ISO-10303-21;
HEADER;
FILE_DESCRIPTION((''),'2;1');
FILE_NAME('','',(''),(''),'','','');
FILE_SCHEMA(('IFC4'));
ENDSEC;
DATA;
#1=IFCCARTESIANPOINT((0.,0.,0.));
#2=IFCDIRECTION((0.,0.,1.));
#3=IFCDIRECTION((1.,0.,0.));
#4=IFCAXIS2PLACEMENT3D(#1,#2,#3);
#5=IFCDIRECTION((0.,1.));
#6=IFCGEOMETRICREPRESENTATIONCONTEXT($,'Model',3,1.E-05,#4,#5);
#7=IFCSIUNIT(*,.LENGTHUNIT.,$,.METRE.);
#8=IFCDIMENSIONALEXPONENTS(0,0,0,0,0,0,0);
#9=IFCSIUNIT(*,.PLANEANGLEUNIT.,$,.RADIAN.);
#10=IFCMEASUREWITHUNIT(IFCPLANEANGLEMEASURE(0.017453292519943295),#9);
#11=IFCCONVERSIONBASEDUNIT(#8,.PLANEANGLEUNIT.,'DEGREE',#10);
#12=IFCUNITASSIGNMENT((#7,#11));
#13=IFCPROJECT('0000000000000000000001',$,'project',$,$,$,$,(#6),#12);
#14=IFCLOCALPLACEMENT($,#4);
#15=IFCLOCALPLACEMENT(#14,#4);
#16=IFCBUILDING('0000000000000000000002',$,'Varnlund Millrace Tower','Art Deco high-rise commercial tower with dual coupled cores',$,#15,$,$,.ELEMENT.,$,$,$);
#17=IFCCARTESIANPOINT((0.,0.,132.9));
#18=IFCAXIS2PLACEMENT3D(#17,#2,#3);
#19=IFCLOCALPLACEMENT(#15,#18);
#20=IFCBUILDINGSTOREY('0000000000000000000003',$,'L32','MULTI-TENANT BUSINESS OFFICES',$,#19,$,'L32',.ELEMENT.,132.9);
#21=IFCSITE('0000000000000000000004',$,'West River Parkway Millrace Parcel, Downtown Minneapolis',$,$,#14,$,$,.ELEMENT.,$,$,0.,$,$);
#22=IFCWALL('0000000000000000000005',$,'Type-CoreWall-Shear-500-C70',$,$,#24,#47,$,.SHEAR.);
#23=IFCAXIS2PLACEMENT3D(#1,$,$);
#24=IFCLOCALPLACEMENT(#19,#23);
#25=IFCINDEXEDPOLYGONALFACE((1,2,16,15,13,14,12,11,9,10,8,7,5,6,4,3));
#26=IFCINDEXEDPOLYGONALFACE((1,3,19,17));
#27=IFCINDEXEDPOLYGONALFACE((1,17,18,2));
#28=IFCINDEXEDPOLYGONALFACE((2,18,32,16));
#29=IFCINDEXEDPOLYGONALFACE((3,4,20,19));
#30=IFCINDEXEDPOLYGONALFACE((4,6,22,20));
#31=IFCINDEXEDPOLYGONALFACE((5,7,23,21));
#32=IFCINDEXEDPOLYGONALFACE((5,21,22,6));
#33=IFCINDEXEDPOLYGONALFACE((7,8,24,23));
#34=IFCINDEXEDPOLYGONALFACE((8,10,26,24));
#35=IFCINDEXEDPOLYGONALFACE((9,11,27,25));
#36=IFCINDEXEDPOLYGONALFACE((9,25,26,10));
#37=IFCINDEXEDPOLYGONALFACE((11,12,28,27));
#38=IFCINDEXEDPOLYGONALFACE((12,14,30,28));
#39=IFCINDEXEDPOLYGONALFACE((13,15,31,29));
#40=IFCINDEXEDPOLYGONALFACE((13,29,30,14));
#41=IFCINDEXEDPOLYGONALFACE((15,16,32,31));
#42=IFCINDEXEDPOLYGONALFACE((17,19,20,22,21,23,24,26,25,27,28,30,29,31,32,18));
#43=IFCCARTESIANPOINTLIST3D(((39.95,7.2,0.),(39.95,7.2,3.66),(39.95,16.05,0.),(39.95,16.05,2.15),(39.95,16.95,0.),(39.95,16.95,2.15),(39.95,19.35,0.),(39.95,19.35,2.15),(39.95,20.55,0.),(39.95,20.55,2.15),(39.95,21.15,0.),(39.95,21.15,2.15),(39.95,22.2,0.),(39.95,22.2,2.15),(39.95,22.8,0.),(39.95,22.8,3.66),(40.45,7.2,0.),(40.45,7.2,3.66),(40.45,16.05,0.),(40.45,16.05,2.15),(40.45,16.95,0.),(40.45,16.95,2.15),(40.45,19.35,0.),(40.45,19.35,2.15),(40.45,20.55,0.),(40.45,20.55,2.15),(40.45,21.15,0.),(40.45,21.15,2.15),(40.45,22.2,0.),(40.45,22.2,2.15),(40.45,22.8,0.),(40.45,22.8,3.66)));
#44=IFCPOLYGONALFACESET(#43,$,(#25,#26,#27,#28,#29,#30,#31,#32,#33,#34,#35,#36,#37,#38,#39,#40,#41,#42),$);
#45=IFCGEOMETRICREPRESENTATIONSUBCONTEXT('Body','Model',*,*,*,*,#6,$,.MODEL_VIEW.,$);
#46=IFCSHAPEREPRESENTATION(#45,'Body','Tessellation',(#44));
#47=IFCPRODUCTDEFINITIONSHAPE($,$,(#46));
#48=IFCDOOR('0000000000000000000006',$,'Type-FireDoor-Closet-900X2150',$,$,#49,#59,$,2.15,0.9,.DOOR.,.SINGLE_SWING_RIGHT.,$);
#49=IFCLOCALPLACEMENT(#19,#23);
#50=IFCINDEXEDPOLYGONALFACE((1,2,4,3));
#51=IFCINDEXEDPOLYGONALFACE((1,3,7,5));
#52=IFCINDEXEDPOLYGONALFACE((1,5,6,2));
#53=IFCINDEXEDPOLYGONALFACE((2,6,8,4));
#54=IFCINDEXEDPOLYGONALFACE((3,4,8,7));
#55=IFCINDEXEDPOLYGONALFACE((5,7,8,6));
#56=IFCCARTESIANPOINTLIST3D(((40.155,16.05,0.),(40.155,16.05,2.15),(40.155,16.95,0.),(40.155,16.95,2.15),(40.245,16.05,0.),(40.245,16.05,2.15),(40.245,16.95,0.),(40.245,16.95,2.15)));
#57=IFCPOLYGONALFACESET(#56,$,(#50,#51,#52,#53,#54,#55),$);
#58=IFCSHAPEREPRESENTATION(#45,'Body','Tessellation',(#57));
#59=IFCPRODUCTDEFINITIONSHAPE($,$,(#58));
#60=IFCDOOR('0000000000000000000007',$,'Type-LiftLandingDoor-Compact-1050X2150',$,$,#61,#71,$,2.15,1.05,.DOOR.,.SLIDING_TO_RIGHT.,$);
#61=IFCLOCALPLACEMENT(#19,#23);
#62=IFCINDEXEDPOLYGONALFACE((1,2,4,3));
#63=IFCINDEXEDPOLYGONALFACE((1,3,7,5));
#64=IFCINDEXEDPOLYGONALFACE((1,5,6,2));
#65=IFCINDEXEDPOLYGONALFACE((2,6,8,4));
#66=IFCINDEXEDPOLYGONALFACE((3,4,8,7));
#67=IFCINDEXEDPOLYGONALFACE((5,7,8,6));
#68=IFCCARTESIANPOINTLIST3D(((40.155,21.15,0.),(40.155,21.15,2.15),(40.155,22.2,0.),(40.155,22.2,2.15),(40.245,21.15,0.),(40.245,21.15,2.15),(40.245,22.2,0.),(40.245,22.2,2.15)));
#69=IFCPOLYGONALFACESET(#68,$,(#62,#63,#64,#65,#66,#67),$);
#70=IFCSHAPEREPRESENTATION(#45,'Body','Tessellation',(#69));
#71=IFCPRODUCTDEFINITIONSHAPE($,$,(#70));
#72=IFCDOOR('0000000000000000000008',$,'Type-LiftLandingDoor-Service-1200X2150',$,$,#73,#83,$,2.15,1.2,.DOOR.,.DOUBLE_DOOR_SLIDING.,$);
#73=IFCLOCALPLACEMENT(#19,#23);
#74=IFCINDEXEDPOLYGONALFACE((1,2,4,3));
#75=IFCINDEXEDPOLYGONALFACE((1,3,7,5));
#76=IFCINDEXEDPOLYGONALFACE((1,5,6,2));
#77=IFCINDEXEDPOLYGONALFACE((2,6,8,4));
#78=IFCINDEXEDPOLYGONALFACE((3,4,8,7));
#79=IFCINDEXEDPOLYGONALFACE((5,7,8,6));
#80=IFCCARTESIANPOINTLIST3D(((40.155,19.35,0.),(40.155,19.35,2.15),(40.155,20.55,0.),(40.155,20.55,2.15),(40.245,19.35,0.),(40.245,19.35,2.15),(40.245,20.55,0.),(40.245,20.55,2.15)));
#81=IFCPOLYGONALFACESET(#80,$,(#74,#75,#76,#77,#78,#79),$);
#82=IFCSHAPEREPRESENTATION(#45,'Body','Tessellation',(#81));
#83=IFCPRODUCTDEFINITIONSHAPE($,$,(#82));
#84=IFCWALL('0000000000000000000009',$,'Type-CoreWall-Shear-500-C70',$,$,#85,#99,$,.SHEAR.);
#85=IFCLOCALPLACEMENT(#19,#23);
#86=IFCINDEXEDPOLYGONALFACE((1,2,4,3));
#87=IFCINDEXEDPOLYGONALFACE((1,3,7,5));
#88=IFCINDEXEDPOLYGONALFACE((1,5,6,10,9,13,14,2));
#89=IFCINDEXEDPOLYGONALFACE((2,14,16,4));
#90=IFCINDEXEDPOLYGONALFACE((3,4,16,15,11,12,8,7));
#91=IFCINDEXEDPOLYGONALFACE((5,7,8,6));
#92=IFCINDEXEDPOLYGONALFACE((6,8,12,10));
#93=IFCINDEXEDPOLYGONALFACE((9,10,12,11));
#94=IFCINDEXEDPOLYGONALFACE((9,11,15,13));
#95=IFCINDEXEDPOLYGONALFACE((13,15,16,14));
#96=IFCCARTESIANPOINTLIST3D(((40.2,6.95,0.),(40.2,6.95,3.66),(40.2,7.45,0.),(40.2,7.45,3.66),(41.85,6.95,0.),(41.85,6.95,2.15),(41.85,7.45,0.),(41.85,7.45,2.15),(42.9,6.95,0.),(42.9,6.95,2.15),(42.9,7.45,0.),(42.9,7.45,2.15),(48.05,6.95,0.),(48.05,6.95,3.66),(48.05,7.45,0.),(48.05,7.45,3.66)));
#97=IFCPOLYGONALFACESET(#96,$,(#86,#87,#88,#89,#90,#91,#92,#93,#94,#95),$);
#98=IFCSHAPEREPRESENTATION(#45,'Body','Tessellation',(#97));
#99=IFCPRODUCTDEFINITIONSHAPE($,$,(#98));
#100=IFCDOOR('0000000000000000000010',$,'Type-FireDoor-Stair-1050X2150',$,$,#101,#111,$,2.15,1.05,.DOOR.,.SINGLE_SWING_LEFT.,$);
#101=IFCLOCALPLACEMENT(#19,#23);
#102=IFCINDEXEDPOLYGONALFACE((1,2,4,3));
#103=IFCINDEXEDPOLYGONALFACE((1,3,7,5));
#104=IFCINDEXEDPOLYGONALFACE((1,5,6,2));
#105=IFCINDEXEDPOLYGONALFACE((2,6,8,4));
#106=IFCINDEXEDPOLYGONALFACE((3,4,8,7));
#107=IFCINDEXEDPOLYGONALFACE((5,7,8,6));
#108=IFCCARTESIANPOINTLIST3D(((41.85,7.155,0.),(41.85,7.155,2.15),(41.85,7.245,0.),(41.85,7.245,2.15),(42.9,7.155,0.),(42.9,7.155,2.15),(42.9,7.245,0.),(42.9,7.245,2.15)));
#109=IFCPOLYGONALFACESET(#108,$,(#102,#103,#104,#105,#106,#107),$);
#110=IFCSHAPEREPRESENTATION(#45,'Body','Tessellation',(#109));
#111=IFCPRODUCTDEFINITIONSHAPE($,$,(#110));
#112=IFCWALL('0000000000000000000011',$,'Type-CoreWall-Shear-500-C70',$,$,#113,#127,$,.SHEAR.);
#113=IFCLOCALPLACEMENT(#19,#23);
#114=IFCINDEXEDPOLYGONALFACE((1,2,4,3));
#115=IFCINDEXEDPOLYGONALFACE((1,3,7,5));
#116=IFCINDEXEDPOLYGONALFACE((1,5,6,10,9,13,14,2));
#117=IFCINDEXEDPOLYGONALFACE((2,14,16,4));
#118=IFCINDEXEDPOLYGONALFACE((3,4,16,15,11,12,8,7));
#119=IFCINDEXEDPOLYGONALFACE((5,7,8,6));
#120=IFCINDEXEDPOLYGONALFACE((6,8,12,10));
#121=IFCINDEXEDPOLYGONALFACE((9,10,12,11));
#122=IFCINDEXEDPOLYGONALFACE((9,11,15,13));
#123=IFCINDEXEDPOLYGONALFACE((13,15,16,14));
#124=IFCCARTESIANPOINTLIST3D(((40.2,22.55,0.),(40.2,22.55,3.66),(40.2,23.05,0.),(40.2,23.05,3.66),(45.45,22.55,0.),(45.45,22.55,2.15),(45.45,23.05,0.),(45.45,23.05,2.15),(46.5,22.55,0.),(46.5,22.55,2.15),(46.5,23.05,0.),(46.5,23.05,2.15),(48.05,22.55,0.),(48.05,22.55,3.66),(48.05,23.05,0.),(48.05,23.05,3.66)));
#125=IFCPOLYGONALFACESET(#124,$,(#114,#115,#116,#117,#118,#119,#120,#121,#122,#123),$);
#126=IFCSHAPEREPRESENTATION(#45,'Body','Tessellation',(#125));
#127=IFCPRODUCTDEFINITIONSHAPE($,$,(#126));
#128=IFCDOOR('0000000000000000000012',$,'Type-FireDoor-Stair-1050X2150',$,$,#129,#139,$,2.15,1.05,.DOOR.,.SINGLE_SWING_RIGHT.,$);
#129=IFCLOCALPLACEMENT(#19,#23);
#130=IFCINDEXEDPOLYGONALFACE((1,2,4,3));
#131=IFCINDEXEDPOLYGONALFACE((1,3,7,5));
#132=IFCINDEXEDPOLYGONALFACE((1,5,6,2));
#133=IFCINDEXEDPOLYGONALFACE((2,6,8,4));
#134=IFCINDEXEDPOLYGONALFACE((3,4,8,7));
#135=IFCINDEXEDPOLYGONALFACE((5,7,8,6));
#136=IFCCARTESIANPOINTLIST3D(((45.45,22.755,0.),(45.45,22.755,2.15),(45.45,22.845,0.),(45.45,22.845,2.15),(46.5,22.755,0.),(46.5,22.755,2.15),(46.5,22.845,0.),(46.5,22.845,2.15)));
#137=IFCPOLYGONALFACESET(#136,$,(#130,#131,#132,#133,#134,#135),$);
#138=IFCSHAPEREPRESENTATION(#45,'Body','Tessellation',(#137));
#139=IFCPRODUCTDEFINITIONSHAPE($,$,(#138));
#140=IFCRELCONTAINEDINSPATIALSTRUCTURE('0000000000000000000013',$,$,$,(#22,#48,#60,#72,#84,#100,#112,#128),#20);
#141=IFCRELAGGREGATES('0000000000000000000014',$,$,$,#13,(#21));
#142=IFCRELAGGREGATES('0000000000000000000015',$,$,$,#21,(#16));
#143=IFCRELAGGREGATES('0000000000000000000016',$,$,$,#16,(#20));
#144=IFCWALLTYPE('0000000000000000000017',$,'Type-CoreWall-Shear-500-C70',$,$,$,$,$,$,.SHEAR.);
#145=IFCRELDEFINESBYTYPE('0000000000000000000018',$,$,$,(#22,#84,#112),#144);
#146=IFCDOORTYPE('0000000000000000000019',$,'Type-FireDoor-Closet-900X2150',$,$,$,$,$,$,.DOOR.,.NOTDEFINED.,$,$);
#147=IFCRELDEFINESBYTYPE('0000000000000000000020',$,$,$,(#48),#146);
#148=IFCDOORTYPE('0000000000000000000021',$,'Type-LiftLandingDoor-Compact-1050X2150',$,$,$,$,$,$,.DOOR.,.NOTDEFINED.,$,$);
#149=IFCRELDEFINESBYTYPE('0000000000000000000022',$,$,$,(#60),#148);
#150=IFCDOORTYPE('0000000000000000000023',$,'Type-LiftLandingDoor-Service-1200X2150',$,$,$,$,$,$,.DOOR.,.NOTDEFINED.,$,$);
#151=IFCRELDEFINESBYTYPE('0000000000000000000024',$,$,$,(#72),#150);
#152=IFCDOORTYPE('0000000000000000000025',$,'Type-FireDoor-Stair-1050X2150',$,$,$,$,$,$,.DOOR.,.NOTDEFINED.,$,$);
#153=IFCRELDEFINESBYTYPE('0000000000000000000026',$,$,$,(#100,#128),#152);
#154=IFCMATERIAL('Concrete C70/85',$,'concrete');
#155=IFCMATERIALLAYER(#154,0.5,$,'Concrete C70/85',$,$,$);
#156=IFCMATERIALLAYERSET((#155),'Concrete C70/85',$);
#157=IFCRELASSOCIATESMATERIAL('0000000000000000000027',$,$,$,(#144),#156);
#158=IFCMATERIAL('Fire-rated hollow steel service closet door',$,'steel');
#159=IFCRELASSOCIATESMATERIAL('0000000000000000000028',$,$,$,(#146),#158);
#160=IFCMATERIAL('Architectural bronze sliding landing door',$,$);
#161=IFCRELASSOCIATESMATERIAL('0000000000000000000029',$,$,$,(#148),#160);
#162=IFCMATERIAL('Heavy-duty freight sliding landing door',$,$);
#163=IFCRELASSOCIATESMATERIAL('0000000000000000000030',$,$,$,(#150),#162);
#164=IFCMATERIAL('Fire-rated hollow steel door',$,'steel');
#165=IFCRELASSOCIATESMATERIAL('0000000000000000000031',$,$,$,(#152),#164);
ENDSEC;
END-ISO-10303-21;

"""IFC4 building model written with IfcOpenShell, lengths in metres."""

from ifc_helpers import new_model, entity, si_unit, converted_unit, direction, frame, origin_with_axes, origin_2d_with_axis, place, context, subcontext, project, spatial, polyline, rectangle, outline, extrude, material, layer, layer_set, type_object, element, fill, save


model = new_model("IFC4")

# Units and contexts
model_context = context("Model", 3, precision=1e-05, world=origin_with_axes(), true_north=direction((0.0, 1.0)))
body_context = subcontext(model_context, "Body", "Model", "MODEL_VIEW")
ifc_project = project(units=[si_unit("LENGTHUNIT", "METRE"), converted_unit("PLANEANGLEUNIT", "DEGREE", entity("IfcPlaneAngleMeasure", 0.017453292519943295), si_unit("PLANEANGLEUNIT", "RADIAN"), dimensions=[0, 0, 0, 0, 0, 0, 0])], contexts=[model_context])

# Site, building, storey
site_placement = place(None, origin_with_axes())
site = spatial("IfcSite", under=ifc_project, at=site_placement, Name="West River Parkway Millrace Parcel, Downtown Minneapolis", CompositionType="ELEMENT", RefElevation=0.0)
building_placement = place(site_placement, origin_with_axes())
building = spatial("IfcBuilding", under=site, at=building_placement, Name="Varnlund Millrace Tower", Description="Art Deco high-rise commercial tower with dual coupled cores", CompositionType="ELEMENT")
storey_placement = place(building_placement, frame((0.0, 0.0, 132.9), z_axis=(0.0, 0.0, 1.0), x_axis=(1.0, 0.0, 0.0)))
storey = spatial("IfcBuildingStorey", under=building, at=storey_placement, Name="L32", Description="MULTI-TENANT BUSINESS OFFICES", LongName="L32", CompositionType="ELEMENT", Elevation=132.9)

# Wall, openings, doors
ifc_material_1 = material(Name="Concrete C70/85", Category="concrete")
ifc_layer_1 = layer(ifc_material_1, 0.5, Name="Concrete C70/85")
ifc_layer_set_1 = layer_set([ifc_layer_1], Name="Concrete C70/85")
wall_type_1 = type_object("IfcWallType", Name="Type-CoreWall-Shear-500-C70", PredefinedType="SHEAR", material=ifc_layer_set_1)
wall_1_placement = place(storey_placement, frame((40.2, 7.2, 0.0), z_axis=(0.0, 0.0, 1.0), x_axis=(0.0, 1.0, 0.0)))
wall_1 = element("IfcWall", 1, at=wall_1_placement, inside=storey, type_object=wall_type_1, Name="Type-CoreWall-Shear-500-C70", PredefinedType="SHEAR", context=body_context, shape_type="SweptSolid", body=[
    extrude(outline(polyline([(0.0, -0.25), (15.6, -0.25), (15.6, 0.25), (0.0, 0.25), (0.0, -0.25)])), origin_with_axes(), (0.0, 0.0, 1.0), 3.66),
])
opening_1_placement = place(wall_1_placement, frame((14.475, 0.0, 0.0), z_axis=(0.0, 0.0, 1.0), x_axis=(1.0, 0.0, 0.0)))
opening_1 = element("IfcOpeningElement", 2, at=opening_1_placement, cuts=wall_1, PredefinedType="OPENING", context=body_context, shape_type="SweptSolid", body=[
    extrude(rectangle(XDim=1.05, YDim=0.52, at=origin_2d_with_axis()), origin_with_axes(), (0.0, 0.0, 1.0), 2.15),
])
opening_2_placement = place(wall_1_placement, frame((12.75, 0.0, 0.0), z_axis=(0.0, 0.0, 1.0), x_axis=(1.0, 0.0, 0.0)))
opening_2 = element("IfcOpeningElement", 3, at=opening_2_placement, cuts=wall_1, PredefinedType="OPENING", context=body_context, shape_type="SweptSolid", body=[
    extrude(rectangle(XDim=1.2, YDim=0.52, at=origin_2d_with_axis()), origin_with_axes(), (0.0, 0.0, 1.0), 2.15),
])
opening_3_placement = place(wall_1_placement, frame((9.3, 0.0, 0.0), z_axis=(0.0, 0.0, 1.0), x_axis=(1.0, 0.0, 0.0)))
opening_3 = element("IfcOpeningElement", 4, at=opening_3_placement, cuts=wall_1, PredefinedType="OPENING", context=body_context, shape_type="SweptSolid", body=[
    extrude(rectangle(XDim=0.9, YDim=0.52, at=origin_2d_with_axis()), origin_with_axes(), (0.0, 0.0, 1.0), 2.15),
])
ifc_material_2 = material(Name="Fire-rated hollow steel service closet door", Category="steel")
door_type_1 = type_object("IfcDoorType", Name="Type-FireDoor-Closet-900X2150", OperationType="NOTDEFINED", PredefinedType="DOOR", material=ifc_material_2)
door_1_placement = place(wall_1_placement, frame((9.3, 0.0, 0.0), z_axis=(0.0, 0.0, 1.0), x_axis=(1.0, 0.0, 0.0)))
door_1 = element("IfcDoor", 5, at=door_1_placement, inside=storey, type_object=door_type_1, Name="Type-FireDoor-Closet-900X2150", OperationType="SINGLE_SWING_RIGHT", OverallHeight=2.15, OverallWidth=0.9, PredefinedType="DOOR", context=body_context, shape_type="SweptSolid", body=[
    extrude(rectangle(XDim=0.9, YDim=0.09, at=origin_2d_with_axis()), origin_with_axes(), (0.0, 0.0, 1.0), 2.15),
])
fill(opening_3, door_1)
ifc_material_3 = material(Name="Architectural bronze sliding landing door")
door_type_2 = type_object("IfcDoorType", Name="Type-LiftLandingDoor-Compact-1050X2150", OperationType="NOTDEFINED", PredefinedType="DOOR", material=ifc_material_3)
door_2_placement = place(wall_1_placement, frame((14.475, 0.0, 0.0), z_axis=(0.0, 0.0, 1.0), x_axis=(1.0, 0.0, 0.0)))
door_2 = element("IfcDoor", 6, at=door_2_placement, inside=storey, type_object=door_type_2, Name="Type-LiftLandingDoor-Compact-1050X2150", OperationType="SLIDING_TO_RIGHT", OverallHeight=2.15, OverallWidth=1.05, PredefinedType="DOOR", context=body_context, shape_type="SweptSolid", body=[
    extrude(rectangle(XDim=1.05, YDim=0.09, at=origin_2d_with_axis()), origin_with_axes(), (0.0, 0.0, 1.0), 2.15),
])
fill(opening_1, door_2)
ifc_material_4 = material(Name="Heavy-duty freight sliding landing door")
door_type_3 = type_object("IfcDoorType", Name="Type-LiftLandingDoor-Service-1200X2150", OperationType="NOTDEFINED", PredefinedType="DOOR", material=ifc_material_4)
door_3_placement = place(wall_1_placement, frame((12.75, 0.0, 0.0), z_axis=(0.0, 0.0, 1.0), x_axis=(1.0, 0.0, 0.0)))
door_3 = element("IfcDoor", 7, at=door_3_placement, inside=storey, type_object=door_type_3, Name="Type-LiftLandingDoor-Service-1200X2150", OperationType="DOUBLE_DOOR_SLIDING", OverallHeight=2.15, OverallWidth=1.2, PredefinedType="DOOR", context=body_context, shape_type="SweptSolid", body=[
    extrude(rectangle(XDim=1.2, YDim=0.09, at=origin_2d_with_axis()), origin_with_axes(), (0.0, 0.0, 1.0), 2.15),
])
fill(opening_2, door_3)

# Walls, openings, doors
wall_2_placement = place(storey_placement, frame((40.2, 7.2, 0.0), z_axis=(0.0, 0.0, 1.0), x_axis=(1.0, 0.0, 0.0)))
wall_2 = element("IfcWall", 8, at=wall_2_placement, inside=storey, type_object=wall_type_1, Name="Type-CoreWall-Shear-500-C70", PredefinedType="SHEAR", context=body_context, shape_type="SweptSolid", body=[
    extrude(outline(polyline([(0.0, -0.25), (7.85, -0.25), (7.85, 0.25), (0.0, 0.25), (0.0, -0.25)])), origin_with_axes(), (0.0, 0.0, 1.0), 3.66),
])
opening_4_placement = place(wall_2_placement, frame((2.175, 0.0, 0.0), z_axis=(0.0, 0.0, 1.0), x_axis=(1.0, 0.0, 0.0)))
opening_4 = element("IfcOpeningElement", 9, at=opening_4_placement, cuts=wall_2, PredefinedType="OPENING", context=body_context, shape_type="SweptSolid", body=[
    extrude(rectangle(XDim=1.05, YDim=0.52, at=origin_2d_with_axis()), origin_with_axes(), (0.0, 0.0, 1.0), 2.15),
])
ifc_material_5 = material(Name="Fire-rated hollow steel door", Category="steel")
door_type_4 = type_object("IfcDoorType", Name="Type-FireDoor-Stair-1050X2150", OperationType="NOTDEFINED", PredefinedType="DOOR", material=ifc_material_5)
door_4_placement = place(wall_2_placement, frame((2.175, 0.0, 0.0), z_axis=(0.0, 0.0, 1.0), x_axis=(1.0, 0.0, 0.0)))
door_4 = element("IfcDoor", 10, at=door_4_placement, inside=storey, type_object=door_type_4, Name="Type-FireDoor-Stair-1050X2150", OperationType="SINGLE_SWING_LEFT", OverallHeight=2.15, OverallWidth=1.05, PredefinedType="DOOR", context=body_context, shape_type="SweptSolid", body=[
    extrude(rectangle(XDim=1.05, YDim=0.09, at=origin_2d_with_axis()), origin_with_axes(), (0.0, 0.0, 1.0), 2.15),
])
fill(opening_4, door_4)
wall_3_placement = place(storey_placement, frame((40.2, 22.8, 0.0), z_axis=(0.0, 0.0, 1.0), x_axis=(1.0, 0.0, 0.0)))
wall_3 = element("IfcWall", 11, at=wall_3_placement, inside=storey, type_object=wall_type_1, Name="Type-CoreWall-Shear-500-C70", PredefinedType="SHEAR", context=body_context, shape_type="SweptSolid", body=[
    extrude(outline(polyline([(0.0, -0.25), (7.85, -0.25), (7.85, 0.25), (0.0, 0.25), (0.0, -0.25)])), origin_with_axes(), (0.0, 0.0, 1.0), 3.66),
])
opening_5_placement = place(wall_3_placement, frame((5.775, 0.0, 0.0), z_axis=(0.0, 0.0, 1.0), x_axis=(1.0, 0.0, 0.0)))
opening_5 = element("IfcOpeningElement", 12, at=opening_5_placement, cuts=wall_3, PredefinedType="OPENING", context=body_context, shape_type="SweptSolid", body=[
    extrude(rectangle(XDim=1.05, YDim=0.52, at=origin_2d_with_axis()), origin_with_axes(), (0.0, 0.0, 1.0), 2.15),
])
door_5_placement = place(wall_3_placement, frame((5.775, 0.0, 0.0), z_axis=(0.0, 0.0, 1.0), x_axis=(1.0, 0.0, 0.0)))
door_5 = element("IfcDoor", 13, at=door_5_placement, inside=storey, type_object=door_type_4, Name="Type-FireDoor-Stair-1050X2150", OperationType="SINGLE_SWING_RIGHT", OverallHeight=2.15, OverallWidth=1.05, PredefinedType="DOOR", context=body_context, shape_type="SweptSolid", body=[
    extrude(rectangle(XDim=1.05, YDim=0.09, at=origin_2d_with_axis()), origin_with_axes(), (0.0, 0.0, 1.0), 2.15),
])
fill(opening_5, door_5)

save(model, "model.ifc")
